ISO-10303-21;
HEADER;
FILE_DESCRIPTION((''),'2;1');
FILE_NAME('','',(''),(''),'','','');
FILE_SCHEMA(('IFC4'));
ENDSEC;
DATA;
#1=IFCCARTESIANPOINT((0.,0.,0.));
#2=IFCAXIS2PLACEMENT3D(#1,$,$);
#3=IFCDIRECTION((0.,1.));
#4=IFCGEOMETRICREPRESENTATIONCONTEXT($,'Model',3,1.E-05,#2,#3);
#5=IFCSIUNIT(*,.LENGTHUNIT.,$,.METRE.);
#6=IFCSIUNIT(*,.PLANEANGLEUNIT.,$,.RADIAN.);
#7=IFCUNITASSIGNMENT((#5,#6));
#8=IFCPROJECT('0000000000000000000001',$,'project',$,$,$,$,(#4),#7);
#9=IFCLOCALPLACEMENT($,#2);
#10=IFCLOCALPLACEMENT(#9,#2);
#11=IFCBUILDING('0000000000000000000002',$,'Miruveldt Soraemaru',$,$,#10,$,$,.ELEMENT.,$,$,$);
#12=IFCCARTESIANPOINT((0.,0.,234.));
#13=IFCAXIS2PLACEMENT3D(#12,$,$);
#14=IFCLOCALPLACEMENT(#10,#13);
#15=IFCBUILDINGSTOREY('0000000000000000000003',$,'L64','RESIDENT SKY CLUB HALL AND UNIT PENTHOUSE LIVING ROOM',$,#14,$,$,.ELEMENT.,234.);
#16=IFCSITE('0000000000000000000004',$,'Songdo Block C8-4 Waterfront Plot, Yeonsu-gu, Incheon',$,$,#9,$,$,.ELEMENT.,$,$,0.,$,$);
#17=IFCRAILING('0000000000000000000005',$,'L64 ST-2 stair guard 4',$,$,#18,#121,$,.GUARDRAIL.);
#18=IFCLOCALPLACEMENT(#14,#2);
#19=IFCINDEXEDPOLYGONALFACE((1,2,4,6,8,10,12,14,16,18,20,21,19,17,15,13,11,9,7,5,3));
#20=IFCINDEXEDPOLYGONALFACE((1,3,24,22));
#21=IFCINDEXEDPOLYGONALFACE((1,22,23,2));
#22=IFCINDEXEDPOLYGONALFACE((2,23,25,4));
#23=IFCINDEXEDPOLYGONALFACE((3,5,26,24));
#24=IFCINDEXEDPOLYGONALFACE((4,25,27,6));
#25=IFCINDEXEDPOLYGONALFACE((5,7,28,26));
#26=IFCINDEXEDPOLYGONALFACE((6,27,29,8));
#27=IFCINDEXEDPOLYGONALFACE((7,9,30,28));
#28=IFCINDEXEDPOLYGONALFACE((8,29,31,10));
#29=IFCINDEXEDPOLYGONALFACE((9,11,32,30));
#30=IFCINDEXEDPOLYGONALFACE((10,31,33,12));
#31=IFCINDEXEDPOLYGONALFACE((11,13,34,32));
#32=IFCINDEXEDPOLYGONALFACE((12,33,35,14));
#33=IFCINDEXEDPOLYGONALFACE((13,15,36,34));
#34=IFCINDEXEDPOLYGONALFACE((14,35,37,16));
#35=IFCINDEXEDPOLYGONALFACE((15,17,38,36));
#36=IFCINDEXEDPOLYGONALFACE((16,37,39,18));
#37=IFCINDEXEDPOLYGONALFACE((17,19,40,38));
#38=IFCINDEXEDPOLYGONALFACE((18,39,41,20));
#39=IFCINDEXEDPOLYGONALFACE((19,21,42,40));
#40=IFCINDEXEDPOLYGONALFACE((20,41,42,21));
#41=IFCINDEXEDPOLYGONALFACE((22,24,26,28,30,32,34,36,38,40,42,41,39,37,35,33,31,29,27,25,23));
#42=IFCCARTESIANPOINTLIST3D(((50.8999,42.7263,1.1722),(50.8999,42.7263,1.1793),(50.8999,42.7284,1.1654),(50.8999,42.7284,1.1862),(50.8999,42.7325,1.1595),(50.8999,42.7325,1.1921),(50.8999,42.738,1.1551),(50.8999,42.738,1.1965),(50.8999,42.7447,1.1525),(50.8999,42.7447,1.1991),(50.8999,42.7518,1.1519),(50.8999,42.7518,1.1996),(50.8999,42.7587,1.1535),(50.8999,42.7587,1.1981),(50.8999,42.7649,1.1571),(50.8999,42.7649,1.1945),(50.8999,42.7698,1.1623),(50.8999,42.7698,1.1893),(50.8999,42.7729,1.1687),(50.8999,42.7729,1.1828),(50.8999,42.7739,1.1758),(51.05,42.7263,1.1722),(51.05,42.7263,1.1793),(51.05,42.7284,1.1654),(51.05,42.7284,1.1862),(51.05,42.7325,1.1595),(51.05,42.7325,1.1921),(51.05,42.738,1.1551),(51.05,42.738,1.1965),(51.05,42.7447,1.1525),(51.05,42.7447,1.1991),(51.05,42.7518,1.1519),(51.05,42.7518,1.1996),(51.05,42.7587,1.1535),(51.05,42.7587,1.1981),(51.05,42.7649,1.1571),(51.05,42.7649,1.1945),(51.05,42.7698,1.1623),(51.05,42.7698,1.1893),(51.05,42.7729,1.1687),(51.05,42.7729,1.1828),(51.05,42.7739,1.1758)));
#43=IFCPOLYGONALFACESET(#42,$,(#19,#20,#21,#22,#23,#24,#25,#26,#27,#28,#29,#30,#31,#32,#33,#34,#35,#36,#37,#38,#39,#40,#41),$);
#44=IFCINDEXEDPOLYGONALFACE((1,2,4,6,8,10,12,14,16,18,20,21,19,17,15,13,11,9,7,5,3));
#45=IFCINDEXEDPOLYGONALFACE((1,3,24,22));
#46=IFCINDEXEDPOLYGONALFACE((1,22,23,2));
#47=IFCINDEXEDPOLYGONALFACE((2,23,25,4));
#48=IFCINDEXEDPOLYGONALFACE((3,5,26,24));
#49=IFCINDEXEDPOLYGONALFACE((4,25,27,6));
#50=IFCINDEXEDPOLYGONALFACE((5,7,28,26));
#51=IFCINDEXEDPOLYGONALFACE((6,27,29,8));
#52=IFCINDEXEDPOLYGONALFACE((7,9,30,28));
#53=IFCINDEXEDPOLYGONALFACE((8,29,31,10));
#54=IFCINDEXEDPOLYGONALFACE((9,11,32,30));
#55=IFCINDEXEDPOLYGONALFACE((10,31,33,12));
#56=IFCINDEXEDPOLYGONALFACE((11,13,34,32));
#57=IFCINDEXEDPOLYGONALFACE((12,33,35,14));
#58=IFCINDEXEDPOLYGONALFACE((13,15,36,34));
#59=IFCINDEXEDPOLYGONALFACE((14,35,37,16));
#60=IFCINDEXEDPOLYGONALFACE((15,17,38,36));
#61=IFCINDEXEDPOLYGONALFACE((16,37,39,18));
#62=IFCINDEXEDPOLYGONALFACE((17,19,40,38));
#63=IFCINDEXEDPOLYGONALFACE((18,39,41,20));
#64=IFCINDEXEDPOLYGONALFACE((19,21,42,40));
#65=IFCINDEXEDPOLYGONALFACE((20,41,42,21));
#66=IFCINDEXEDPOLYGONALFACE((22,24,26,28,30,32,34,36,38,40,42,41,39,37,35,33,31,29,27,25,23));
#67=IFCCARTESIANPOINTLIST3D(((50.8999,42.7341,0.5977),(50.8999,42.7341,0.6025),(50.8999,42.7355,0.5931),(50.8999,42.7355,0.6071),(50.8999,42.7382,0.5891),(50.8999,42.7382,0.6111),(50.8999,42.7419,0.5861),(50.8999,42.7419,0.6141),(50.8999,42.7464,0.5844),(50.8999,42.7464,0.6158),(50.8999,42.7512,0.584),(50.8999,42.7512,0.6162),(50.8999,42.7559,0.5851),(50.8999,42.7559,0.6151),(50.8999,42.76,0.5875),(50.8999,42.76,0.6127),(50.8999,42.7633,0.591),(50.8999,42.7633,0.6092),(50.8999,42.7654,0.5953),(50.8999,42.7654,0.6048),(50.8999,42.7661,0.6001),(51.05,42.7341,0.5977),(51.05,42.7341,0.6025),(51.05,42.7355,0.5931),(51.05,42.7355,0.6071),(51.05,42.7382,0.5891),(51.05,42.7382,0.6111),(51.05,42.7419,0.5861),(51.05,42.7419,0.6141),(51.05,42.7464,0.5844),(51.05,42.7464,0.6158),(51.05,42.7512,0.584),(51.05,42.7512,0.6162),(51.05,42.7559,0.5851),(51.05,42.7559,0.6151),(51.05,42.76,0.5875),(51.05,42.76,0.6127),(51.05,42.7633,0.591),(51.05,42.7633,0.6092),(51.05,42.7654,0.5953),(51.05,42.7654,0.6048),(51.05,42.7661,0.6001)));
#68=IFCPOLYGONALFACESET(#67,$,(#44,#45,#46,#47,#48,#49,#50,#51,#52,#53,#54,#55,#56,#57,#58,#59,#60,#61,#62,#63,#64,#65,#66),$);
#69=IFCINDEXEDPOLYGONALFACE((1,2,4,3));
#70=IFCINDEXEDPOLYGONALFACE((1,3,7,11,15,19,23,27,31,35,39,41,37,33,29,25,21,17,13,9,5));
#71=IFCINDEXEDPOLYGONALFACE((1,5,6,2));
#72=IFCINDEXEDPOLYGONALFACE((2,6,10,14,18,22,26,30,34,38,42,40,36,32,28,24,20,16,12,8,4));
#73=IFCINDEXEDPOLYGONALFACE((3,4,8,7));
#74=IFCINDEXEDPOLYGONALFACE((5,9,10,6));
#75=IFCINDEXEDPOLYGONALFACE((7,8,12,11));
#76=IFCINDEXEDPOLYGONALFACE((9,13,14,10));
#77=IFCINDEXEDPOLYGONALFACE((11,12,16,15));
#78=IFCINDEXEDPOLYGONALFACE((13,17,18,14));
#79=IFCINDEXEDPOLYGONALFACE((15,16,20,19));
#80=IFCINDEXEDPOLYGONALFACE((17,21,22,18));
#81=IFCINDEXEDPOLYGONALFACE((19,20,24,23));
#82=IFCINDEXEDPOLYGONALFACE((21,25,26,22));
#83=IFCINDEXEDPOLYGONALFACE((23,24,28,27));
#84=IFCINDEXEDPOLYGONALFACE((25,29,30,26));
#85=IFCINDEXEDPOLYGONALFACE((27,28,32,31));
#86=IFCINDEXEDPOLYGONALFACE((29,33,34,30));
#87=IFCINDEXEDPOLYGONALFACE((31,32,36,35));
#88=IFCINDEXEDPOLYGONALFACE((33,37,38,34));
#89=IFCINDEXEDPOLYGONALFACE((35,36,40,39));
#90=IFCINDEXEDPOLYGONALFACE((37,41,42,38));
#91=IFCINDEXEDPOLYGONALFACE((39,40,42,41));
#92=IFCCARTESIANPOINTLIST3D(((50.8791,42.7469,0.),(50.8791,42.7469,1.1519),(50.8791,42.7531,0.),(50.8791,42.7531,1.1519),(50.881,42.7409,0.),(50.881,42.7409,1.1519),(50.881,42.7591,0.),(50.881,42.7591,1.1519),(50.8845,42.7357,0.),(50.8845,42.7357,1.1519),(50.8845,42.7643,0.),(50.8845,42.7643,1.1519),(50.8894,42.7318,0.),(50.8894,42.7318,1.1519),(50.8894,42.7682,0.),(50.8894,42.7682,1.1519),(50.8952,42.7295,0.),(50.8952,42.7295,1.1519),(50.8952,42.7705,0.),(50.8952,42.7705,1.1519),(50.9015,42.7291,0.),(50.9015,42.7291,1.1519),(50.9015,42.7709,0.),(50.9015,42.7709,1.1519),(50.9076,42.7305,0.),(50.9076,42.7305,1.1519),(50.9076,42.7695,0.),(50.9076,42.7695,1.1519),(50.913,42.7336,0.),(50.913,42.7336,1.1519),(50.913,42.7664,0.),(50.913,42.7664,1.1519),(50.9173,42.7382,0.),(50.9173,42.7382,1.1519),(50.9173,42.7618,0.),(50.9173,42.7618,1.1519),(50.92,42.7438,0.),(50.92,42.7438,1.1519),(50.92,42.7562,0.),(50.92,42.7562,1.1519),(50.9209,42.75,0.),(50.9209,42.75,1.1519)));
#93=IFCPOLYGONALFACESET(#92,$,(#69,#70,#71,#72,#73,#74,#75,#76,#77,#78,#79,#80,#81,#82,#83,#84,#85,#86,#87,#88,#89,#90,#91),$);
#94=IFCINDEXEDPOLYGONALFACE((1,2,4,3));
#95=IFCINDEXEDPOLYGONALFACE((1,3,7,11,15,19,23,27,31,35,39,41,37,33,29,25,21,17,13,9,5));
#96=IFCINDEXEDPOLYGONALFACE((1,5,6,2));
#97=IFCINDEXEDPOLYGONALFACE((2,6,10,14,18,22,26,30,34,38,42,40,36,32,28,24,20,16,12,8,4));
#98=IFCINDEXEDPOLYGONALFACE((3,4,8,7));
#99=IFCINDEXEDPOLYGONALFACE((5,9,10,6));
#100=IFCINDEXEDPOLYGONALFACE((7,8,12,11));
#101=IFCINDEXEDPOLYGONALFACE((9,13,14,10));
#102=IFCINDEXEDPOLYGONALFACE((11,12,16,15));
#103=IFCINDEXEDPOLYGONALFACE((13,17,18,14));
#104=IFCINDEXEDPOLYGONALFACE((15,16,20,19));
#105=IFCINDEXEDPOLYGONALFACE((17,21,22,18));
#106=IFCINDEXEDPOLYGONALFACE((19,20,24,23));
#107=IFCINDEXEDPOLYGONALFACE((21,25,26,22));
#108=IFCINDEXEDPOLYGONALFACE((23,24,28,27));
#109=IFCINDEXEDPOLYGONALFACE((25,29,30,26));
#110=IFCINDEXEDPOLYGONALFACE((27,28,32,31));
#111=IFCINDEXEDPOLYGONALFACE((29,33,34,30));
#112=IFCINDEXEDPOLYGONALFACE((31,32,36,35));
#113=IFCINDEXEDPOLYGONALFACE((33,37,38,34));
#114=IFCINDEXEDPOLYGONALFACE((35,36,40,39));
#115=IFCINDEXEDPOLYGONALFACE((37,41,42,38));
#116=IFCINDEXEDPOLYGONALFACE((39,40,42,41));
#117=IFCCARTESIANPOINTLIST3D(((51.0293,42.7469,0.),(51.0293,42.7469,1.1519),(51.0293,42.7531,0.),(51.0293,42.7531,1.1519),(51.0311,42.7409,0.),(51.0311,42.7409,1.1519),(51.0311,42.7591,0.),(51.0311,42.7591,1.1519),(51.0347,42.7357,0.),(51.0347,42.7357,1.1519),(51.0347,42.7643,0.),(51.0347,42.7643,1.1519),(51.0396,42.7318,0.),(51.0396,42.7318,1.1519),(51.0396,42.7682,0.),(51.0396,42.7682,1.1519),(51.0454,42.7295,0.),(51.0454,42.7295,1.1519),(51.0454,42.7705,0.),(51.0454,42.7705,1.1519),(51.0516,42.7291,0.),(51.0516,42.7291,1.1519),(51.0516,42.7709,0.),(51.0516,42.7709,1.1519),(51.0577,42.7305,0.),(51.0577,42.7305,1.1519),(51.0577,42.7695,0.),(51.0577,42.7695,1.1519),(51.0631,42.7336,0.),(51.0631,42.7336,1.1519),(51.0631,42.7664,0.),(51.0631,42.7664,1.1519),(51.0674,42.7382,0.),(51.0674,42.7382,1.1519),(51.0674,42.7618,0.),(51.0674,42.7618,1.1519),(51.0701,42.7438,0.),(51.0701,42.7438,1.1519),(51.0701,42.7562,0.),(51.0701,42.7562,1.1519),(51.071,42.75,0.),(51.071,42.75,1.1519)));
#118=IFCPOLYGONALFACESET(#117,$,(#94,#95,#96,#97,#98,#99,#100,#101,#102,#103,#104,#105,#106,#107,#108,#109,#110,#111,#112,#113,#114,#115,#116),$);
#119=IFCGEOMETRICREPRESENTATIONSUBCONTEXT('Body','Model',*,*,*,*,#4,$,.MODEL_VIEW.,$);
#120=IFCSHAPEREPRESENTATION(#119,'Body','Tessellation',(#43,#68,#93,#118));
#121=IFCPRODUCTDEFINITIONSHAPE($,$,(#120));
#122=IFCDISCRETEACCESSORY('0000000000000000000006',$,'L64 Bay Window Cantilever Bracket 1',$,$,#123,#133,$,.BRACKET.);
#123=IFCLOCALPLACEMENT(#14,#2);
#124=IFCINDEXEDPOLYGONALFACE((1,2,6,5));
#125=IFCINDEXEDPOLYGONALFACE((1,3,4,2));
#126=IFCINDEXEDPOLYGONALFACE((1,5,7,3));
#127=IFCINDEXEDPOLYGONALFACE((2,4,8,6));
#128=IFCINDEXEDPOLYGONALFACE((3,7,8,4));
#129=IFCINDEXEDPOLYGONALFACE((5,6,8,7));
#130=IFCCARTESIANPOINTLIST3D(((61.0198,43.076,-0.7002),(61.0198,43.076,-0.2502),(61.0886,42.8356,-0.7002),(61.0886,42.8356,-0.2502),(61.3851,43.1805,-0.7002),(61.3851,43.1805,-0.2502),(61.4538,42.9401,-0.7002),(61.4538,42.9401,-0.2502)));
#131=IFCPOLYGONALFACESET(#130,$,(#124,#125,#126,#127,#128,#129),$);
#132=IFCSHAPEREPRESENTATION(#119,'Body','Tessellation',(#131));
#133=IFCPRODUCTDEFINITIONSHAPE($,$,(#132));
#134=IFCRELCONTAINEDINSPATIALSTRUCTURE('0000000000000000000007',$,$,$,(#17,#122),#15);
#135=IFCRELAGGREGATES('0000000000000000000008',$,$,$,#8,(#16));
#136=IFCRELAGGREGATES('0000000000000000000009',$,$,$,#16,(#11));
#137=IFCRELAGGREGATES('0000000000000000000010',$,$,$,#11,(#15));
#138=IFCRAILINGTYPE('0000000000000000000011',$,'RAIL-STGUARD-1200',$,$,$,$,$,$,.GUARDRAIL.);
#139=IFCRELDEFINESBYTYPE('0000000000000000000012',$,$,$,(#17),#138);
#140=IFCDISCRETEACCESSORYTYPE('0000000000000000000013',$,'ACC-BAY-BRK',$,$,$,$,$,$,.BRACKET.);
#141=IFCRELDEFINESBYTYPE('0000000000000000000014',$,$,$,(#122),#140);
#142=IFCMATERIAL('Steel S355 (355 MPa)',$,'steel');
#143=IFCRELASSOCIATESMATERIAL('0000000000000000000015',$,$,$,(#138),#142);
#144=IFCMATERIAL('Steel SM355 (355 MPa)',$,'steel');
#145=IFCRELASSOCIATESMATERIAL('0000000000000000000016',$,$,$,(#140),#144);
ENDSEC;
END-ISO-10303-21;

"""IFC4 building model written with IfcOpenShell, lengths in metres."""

from ifc_helpers import new_model, si_unit, direction, frame, origin, origin_2d, place, context, subcontext, project, spatial, rectangle, circle, extrude, material, type_object, element, save


model = new_model("IFC4")

# Units and contexts
model_context = context("Model", 3, precision=1e-05, world=origin(), true_north=direction((0.0, 1.0)))
body_context = subcontext(model_context, "Body", "Model", "MODEL_VIEW")
ifc_project = project(units=[si_unit("LENGTHUNIT", "METRE"), si_unit("PLANEANGLEUNIT", "RADIAN")], contexts=[model_context])

# Site, building, storey
site_placement = place(None, origin())
site = spatial("IfcSite", under=ifc_project, at=site_placement, Name="Songdo Block C8-4 Waterfront Plot, Yeonsu-gu, Incheon", CompositionType="ELEMENT", RefElevation=0.0)
building_placement = place(site_placement, origin())
building = spatial("IfcBuilding", under=site, at=building_placement, Name="Miruveldt Soraemaru", CompositionType="ELEMENT")
storey_placement = place(building_placement, frame((0.0, 0.0, 234.0)))
storey = spatial("IfcBuildingStorey", under=building, at=storey_placement, Name="L64", Description="RESIDENT SKY CLUB HALL AND UNIT PENTHOUSE LIVING ROOM", CompositionType="ELEMENT", Elevation=234.0)

# Shared definitions
ifc_material_1 = material(Name="Steel SM355 (355 MPa)", Category="steel")

# Railing
ifc_material_2 = material(Name="Steel S355 (355 MPa)", Category="steel")
railing_type_1 = type_object("IfcRailingType", Name="RAIL-STGUARD-1200", PredefinedType="GUARDRAIL", material=ifc_material_2)
railing_1_placement = place(storey_placement, frame((50.8999, 42.75, 0.0)))
element("IfcRailing", 1, at=railing_1_placement, inside=storey, type_object=railing_type_1, Name="L64 ST-2 stair guard 4", PredefinedType="GUARDRAIL", context=body_context, shape_type="SweptSolid", body=[
    extrude(circle(Radius=0.0239, at=origin_2d()), frame((0.0, 0.0, 1.1758), z_axis=(1.0, 0.0, 0.0), x_axis=(0.0, 1.0, 0.0)), (0.0, 0.0, 1.0), 0.1501),
    extrude(circle(Radius=0.0161, at=origin_2d()), frame((0.0, 0.0, 0.6001), z_axis=(1.0, 0.0, 0.0), x_axis=(0.0, 1.0, 0.0)), (0.0, 0.0, 1.0), 0.1501),
    extrude(circle(Radius=0.021, at=origin_2d()), origin(), (0.0, 0.0, 1.0), 1.1519),
    extrude(circle(Radius=0.021, at=origin_2d()), frame((0.1501, 0.0, 0.0)), (0.0, 0.0, 1.0), 1.1519),
])

# Discrete accessory
discrete_accessory_type = type_object("IfcDiscreteAccessoryType", Name="ACC-BAY-BRK", PredefinedType="BRACKET", material=ifc_material_1)
discrete_accessory_placement = place(storey_placement, frame((61.2368, 43.0081, -0.7002), z_axis=(0.0, 0.0, 1.0), x_axis=(0.961454, 0.274966, 0.0)))
element("IfcDiscreteAccessory", 2, at=discrete_accessory_placement, inside=storey, type_object=discrete_accessory_type, Name="L64 Bay Window Cantilever Bracket 1", PredefinedType="BRACKET", context=body_context, shape_type="SweptSolid", body=[
    extrude(rectangle(XDim=0.3799, YDim=0.25, at=origin_2d()), origin(), (0.0, 0.0, 1.0), 0.45),
])

save(model, "model.ifc")
